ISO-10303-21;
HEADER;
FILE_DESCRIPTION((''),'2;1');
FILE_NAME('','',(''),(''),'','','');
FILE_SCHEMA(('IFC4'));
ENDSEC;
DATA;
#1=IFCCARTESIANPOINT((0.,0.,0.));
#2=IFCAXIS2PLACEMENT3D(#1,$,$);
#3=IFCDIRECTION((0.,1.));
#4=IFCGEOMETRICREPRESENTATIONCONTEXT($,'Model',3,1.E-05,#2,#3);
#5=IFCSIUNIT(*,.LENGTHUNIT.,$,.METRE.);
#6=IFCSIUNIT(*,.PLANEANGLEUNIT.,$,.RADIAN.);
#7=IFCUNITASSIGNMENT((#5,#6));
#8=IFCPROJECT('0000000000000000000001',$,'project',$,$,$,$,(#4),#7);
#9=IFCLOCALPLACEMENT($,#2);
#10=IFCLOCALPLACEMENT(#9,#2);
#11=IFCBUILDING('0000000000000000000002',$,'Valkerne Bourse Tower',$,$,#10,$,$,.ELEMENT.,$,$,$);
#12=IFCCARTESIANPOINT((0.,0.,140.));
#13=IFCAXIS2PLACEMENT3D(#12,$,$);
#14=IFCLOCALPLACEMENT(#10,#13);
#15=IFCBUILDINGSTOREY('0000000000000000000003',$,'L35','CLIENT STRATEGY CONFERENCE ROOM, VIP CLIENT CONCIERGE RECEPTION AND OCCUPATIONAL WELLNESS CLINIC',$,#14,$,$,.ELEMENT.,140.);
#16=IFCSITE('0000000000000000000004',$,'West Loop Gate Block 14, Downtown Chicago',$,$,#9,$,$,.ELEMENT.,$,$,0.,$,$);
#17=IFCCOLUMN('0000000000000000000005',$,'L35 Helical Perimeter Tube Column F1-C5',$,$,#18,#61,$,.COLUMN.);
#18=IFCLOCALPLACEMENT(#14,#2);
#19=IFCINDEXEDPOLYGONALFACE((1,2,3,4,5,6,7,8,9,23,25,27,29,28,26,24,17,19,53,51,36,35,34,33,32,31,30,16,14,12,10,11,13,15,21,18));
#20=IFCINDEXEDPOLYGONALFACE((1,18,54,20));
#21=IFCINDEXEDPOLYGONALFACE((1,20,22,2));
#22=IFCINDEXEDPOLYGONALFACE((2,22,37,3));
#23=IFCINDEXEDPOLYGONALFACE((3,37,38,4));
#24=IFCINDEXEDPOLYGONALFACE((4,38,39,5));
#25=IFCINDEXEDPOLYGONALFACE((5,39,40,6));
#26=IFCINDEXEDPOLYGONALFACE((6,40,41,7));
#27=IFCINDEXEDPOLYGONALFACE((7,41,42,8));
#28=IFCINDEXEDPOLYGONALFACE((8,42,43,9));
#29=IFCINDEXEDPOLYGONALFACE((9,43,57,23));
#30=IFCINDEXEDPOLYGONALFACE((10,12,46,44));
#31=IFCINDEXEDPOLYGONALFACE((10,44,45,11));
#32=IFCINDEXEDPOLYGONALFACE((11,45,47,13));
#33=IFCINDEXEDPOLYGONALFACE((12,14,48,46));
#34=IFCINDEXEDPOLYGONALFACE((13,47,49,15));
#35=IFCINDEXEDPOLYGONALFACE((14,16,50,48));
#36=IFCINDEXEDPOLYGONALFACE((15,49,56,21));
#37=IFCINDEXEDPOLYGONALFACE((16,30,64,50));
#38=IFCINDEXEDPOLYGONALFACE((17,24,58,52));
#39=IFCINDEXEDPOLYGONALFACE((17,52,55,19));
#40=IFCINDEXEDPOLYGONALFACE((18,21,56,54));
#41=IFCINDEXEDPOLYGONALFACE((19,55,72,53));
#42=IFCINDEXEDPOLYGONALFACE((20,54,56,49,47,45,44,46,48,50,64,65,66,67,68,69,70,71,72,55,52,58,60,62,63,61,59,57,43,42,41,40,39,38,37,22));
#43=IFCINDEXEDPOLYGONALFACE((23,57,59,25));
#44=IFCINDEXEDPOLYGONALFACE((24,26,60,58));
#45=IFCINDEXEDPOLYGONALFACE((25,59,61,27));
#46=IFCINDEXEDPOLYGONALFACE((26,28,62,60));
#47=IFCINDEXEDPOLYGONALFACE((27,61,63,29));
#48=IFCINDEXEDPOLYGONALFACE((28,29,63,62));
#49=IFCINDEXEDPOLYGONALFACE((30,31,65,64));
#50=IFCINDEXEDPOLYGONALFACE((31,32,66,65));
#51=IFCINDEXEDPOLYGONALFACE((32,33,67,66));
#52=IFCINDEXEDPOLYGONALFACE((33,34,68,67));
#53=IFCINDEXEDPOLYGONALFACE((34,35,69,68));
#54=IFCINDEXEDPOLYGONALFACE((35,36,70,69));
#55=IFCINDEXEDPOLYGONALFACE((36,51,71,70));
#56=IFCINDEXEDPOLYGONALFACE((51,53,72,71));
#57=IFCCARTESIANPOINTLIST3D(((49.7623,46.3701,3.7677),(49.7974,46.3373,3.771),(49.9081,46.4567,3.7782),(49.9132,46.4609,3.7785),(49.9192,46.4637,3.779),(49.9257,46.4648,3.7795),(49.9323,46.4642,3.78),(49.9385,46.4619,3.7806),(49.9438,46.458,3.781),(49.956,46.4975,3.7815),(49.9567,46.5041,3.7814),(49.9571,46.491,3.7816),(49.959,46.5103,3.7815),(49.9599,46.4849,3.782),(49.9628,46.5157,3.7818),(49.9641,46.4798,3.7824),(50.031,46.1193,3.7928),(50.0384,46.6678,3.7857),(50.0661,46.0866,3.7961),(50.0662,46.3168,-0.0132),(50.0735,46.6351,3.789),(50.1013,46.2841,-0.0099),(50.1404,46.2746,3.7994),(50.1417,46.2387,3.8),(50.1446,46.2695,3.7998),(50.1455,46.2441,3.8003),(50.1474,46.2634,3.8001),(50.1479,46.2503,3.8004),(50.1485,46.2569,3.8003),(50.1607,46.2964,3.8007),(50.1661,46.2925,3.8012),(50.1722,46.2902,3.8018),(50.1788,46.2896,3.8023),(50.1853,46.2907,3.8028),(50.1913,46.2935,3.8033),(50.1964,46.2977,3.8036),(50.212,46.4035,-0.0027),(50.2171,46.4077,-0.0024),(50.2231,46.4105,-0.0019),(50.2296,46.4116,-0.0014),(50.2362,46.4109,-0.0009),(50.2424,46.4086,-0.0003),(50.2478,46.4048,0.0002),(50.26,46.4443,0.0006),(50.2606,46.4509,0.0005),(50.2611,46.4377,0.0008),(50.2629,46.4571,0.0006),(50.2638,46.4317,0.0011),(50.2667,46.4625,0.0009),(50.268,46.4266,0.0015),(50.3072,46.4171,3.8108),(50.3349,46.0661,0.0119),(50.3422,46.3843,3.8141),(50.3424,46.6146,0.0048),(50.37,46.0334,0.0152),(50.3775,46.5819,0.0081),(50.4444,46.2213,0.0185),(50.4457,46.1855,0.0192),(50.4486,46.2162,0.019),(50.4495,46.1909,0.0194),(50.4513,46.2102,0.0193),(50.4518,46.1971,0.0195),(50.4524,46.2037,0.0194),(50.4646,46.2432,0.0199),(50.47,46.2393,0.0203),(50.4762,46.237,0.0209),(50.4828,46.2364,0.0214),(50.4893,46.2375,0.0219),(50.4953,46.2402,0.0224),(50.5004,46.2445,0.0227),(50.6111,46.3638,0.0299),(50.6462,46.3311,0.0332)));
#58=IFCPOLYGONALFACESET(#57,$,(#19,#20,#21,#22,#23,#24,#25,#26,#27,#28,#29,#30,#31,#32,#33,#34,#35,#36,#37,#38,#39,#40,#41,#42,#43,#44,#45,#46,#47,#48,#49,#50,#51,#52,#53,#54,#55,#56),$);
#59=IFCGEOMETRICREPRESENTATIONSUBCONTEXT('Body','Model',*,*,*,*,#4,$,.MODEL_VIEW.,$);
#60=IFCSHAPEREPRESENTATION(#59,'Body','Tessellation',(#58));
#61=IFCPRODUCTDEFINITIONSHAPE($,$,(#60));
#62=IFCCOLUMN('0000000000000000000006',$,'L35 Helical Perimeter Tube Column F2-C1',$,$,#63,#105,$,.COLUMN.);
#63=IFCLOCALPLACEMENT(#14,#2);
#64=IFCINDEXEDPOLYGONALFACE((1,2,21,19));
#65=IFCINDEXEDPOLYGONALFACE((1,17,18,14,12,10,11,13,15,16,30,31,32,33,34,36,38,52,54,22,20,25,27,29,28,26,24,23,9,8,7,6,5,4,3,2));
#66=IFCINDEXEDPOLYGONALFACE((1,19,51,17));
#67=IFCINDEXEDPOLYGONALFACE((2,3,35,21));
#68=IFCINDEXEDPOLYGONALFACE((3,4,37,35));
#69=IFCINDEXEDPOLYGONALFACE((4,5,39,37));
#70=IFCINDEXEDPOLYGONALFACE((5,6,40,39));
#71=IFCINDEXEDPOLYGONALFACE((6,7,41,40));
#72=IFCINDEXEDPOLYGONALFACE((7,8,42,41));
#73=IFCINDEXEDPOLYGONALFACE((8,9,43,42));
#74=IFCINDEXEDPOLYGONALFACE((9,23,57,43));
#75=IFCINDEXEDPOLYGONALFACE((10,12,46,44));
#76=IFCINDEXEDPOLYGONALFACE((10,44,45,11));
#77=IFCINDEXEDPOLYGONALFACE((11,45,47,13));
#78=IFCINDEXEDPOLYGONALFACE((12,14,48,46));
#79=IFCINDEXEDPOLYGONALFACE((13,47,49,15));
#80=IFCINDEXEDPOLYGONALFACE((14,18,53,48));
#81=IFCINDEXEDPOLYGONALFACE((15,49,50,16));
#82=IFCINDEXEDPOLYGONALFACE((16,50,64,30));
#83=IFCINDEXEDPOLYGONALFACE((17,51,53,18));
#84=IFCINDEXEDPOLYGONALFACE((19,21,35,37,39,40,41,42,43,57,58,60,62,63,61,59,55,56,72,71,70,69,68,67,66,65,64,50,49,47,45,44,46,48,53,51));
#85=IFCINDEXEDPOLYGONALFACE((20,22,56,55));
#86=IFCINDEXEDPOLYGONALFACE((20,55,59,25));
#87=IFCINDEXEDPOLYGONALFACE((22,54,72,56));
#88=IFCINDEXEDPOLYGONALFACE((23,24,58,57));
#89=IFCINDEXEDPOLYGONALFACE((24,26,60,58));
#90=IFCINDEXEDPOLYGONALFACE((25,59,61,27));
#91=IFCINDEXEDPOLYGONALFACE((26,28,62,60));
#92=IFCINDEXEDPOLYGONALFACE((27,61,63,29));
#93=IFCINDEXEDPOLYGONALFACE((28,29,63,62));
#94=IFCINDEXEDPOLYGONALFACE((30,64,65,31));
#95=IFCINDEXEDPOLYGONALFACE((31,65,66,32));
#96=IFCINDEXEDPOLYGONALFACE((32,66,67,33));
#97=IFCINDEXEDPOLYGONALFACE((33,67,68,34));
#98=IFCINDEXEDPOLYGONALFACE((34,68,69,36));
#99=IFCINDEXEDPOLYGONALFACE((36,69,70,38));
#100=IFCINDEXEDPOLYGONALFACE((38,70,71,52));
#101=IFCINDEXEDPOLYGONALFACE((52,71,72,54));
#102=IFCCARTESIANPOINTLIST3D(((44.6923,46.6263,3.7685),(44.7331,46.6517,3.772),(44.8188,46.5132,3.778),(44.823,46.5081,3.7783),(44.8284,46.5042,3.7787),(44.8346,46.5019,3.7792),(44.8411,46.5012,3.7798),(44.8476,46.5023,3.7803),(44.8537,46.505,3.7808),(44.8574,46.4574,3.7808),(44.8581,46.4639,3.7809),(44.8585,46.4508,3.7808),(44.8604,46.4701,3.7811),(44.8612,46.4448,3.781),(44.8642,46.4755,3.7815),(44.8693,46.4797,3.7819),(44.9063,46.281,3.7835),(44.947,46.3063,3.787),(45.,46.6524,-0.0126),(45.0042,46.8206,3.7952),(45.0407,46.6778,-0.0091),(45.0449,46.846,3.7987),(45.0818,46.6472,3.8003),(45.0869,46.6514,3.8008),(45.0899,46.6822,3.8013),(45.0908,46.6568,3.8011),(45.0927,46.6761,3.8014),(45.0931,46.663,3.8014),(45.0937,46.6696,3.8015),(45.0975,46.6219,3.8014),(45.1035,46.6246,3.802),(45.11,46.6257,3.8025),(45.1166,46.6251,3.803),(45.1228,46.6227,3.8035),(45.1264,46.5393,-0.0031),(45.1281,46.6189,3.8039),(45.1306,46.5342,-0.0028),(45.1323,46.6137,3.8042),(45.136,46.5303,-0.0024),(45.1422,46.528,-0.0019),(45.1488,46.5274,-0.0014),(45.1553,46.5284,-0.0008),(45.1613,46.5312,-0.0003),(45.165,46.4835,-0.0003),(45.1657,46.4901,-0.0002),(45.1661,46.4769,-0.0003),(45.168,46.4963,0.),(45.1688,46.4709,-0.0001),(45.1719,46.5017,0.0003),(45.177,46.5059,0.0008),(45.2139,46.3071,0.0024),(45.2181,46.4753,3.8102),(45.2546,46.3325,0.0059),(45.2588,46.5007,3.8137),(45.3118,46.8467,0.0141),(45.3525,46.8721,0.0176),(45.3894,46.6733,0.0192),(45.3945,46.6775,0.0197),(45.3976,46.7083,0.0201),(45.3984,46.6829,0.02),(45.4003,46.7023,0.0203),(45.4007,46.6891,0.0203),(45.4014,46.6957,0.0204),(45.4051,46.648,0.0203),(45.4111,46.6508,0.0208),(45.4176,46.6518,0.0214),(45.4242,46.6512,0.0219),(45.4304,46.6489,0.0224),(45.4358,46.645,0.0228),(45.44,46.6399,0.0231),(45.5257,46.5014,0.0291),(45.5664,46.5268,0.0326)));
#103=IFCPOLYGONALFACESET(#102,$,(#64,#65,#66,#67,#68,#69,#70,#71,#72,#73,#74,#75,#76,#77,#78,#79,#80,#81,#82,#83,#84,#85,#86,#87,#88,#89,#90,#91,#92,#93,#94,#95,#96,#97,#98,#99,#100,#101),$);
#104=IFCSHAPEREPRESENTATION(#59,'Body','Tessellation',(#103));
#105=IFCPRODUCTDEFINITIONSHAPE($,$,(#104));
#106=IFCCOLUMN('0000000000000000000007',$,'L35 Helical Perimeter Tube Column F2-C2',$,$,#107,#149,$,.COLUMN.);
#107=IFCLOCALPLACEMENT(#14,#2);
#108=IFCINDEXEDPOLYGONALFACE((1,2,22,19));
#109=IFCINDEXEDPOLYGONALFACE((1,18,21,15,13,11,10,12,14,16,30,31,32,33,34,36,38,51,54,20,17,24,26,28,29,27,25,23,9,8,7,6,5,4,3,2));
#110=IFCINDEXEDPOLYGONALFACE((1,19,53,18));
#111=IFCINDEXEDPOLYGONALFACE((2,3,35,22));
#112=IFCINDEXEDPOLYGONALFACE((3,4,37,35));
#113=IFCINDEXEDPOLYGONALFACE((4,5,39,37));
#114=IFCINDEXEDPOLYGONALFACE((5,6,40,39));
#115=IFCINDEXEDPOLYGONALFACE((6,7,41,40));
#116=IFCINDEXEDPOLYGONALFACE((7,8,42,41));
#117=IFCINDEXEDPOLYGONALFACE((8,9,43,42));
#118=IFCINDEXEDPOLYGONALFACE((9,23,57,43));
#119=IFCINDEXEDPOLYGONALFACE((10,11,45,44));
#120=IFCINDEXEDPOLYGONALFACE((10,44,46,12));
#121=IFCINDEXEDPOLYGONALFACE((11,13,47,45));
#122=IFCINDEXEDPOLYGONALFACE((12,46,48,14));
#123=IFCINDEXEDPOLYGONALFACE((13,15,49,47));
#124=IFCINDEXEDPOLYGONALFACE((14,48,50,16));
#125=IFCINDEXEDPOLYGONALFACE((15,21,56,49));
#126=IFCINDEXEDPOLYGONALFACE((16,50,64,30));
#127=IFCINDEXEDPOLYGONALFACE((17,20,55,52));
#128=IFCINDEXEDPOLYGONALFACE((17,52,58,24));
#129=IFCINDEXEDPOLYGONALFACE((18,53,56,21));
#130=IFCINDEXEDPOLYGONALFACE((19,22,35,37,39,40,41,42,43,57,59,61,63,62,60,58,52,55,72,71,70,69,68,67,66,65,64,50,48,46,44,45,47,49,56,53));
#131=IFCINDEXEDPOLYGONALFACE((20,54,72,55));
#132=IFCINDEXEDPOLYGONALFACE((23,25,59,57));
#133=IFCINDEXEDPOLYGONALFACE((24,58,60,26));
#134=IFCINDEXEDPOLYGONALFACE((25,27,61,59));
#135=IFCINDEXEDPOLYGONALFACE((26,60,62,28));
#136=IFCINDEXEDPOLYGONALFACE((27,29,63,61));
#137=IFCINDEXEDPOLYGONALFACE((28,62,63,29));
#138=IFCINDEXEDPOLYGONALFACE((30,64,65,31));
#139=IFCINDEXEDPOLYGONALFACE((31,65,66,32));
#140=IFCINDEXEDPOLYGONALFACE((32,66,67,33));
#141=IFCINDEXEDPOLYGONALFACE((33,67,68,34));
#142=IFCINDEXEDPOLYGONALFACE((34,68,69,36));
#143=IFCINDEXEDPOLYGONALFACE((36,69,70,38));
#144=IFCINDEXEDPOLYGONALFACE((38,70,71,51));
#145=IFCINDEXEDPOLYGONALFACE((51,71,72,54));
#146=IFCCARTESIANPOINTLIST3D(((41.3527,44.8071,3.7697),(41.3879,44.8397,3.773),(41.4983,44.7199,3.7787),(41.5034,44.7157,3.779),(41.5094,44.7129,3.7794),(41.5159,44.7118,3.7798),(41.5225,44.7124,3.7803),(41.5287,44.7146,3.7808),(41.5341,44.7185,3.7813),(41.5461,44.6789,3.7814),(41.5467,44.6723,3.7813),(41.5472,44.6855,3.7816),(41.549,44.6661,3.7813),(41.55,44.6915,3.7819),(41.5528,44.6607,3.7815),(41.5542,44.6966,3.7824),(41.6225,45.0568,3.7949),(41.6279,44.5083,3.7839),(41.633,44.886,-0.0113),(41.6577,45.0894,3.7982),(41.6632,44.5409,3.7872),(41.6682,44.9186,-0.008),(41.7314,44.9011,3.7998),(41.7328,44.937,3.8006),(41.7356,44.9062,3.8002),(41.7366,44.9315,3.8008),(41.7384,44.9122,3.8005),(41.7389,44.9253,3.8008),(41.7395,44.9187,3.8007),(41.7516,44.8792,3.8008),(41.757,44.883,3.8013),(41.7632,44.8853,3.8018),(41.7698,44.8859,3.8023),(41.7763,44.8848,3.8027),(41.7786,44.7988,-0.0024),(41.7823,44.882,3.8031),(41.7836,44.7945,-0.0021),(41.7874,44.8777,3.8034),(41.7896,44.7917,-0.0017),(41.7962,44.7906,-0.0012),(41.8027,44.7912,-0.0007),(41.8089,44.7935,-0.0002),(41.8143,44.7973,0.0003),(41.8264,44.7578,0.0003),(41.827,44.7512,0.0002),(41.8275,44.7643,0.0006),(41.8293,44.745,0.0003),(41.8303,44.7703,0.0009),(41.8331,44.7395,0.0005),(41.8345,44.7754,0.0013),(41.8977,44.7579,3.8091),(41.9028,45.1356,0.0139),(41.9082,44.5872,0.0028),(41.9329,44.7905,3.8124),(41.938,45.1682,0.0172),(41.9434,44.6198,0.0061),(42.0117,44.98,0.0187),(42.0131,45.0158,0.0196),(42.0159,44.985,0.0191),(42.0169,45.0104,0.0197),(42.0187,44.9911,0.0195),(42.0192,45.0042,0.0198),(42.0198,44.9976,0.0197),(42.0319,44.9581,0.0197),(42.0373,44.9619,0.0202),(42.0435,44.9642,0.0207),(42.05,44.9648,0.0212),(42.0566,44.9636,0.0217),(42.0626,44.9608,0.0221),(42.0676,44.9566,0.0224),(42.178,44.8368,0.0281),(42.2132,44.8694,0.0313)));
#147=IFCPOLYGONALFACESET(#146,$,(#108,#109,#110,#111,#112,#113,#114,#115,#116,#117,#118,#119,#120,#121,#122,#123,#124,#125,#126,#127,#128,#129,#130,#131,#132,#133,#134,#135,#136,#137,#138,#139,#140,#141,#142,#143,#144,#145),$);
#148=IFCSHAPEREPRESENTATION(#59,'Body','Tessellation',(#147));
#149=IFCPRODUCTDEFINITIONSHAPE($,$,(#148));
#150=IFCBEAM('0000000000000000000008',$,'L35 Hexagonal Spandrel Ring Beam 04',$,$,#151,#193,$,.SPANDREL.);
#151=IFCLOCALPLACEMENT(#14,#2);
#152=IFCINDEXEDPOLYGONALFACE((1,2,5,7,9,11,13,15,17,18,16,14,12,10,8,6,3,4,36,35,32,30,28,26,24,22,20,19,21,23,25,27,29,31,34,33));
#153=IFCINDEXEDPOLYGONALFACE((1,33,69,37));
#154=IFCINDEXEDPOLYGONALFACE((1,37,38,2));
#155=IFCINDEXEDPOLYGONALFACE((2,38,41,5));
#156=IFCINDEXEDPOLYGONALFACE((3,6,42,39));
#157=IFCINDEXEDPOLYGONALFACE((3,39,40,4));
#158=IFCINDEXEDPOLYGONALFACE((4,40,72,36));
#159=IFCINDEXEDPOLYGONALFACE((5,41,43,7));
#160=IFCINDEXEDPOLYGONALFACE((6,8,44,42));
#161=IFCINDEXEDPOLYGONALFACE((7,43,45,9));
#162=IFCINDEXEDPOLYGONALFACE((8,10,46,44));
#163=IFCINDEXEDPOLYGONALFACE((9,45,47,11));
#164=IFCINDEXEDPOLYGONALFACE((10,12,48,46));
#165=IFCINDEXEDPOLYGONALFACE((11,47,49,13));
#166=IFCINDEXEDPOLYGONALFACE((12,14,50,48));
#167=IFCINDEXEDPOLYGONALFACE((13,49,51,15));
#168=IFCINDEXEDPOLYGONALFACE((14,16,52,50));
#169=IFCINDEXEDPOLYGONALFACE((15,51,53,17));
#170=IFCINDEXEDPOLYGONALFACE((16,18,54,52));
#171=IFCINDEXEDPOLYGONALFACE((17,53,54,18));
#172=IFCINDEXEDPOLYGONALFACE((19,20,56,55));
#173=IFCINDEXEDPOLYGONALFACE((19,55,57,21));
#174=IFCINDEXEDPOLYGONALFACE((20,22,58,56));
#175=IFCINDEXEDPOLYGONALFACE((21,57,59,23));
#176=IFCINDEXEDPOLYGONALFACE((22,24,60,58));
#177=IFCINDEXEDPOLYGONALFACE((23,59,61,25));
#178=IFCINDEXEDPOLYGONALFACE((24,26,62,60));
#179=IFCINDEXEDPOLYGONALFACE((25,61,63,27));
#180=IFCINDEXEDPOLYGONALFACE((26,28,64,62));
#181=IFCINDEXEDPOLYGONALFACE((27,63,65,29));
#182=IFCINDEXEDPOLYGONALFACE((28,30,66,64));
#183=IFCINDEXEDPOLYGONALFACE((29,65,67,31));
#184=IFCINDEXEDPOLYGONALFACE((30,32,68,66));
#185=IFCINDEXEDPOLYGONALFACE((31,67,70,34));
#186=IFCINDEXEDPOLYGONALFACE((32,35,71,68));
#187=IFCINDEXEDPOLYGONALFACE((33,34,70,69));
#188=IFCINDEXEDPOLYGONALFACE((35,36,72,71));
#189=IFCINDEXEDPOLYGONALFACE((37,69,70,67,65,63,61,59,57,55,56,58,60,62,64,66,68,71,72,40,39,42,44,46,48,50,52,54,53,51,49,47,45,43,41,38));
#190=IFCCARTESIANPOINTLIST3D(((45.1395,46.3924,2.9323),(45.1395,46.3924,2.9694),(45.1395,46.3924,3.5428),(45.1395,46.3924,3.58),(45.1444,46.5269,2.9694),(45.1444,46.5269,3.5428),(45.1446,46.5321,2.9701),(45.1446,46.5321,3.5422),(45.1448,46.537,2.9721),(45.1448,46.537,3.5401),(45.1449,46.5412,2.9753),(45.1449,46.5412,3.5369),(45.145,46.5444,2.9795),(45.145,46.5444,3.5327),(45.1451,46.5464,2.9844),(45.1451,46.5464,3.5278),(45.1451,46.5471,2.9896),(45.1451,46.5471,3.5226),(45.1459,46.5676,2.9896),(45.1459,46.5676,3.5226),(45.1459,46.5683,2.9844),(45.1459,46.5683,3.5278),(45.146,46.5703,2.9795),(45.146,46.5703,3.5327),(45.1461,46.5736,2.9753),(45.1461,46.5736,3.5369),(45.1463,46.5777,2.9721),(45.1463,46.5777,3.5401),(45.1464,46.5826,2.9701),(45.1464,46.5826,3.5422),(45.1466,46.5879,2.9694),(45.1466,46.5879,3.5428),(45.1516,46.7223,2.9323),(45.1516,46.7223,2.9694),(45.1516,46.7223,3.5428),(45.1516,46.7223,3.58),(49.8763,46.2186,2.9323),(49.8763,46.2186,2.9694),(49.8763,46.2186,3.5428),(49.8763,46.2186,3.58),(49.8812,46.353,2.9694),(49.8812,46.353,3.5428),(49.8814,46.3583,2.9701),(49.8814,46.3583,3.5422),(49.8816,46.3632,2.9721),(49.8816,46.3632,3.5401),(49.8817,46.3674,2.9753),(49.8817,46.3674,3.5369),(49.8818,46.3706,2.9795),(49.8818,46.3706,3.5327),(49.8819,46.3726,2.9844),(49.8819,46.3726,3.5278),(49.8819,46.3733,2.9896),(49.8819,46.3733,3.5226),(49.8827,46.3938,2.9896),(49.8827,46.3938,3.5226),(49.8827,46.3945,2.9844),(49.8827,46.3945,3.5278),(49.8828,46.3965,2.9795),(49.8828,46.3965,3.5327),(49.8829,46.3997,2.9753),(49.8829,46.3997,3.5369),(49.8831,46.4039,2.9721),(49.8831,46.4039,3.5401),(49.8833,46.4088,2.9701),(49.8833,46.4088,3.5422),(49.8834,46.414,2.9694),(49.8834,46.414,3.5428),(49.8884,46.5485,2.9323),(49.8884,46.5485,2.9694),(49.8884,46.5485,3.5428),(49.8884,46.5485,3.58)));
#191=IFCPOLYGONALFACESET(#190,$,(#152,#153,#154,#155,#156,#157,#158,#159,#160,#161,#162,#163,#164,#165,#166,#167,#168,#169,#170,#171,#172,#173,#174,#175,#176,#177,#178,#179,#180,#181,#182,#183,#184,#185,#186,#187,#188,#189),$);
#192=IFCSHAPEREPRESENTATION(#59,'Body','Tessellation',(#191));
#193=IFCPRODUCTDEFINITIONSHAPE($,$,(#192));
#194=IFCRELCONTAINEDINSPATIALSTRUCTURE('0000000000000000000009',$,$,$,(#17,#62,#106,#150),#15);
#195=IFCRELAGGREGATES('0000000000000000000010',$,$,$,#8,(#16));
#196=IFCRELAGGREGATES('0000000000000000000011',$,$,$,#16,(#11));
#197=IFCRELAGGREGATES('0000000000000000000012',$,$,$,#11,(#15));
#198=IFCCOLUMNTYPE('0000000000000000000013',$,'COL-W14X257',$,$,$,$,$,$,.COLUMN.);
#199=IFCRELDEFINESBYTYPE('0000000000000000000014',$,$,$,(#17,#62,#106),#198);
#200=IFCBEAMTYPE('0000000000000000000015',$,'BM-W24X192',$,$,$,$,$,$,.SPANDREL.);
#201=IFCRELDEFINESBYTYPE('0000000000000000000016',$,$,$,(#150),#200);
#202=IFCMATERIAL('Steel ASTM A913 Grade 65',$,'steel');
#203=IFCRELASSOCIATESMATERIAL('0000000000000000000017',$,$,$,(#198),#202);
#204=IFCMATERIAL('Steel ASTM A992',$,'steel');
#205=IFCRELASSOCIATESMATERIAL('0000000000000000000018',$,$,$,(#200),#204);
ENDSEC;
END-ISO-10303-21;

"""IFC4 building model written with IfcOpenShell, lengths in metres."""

from ifc_helpers import new_model, si_unit, direction, frame, origin, origin_2d, place, context, subcontext, project, spatial, i_section, extrude, material, material_profile, profile_set, type_object, element, save


model = new_model("IFC4")

# Units and contexts
model_context = context("Model", 3, precision=1e-05, world=origin(), true_north=direction((0.0, 1.0)))
body_context = subcontext(model_context, "Body", "Model", "MODEL_VIEW")
ifc_project = project(units=[si_unit("LENGTHUNIT", "METRE"), si_unit("PLANEANGLEUNIT", "RADIAN")], contexts=[model_context])

# Site, building, storey
site_placement = place(None, origin())
site = spatial("IfcSite", under=ifc_project, at=site_placement, Name="West Loop Gate Block 14, Downtown Chicago", CompositionType="ELEMENT", RefElevation=0.0)
building_placement = place(site_placement, origin())
building = spatial("IfcBuilding", under=site, at=building_placement, Name="Valkerne Bourse Tower", CompositionType="ELEMENT")
storey_placement = place(building_placement, frame((0.0, 0.0, 140.0)))
storey = spatial("IfcBuildingStorey", under=building, at=storey_placement, Name="L35", Description="CLIENT STRATEGY CONFERENCE ROOM, VIP CLIENT CONCIERGE RECEPTION AND OCCUPATIONAL WELLNESS CLINIC", CompositionType="ELEMENT", Elevation=140.0)

# Columns
ifc_material_1 = material(Name="Steel ASTM A913 Grade 65", Category="steel")
ifc_material_profile_1 = material_profile(ifc_material_1, i_section(OverallWidth=0.4065, OverallDepth=0.4165, WebThickness=0.0298, FlangeThickness=0.0481, FilletRadius=0.0254, at=origin_2d()), Name="W14X257")
ifc_profile_set_1 = profile_set([ifc_material_profile_1], Name="Steel ASTM A913 Grade 65")
column_type = type_object("IfcColumnType", Name="COL-W14X257", PredefinedType="COLUMN", material=ifc_profile_set_1)
column_1_placement = place(storey_placement, frame((50.3562, 46.324, 0.01), z_axis=(-0.080124, 0.01403, 0.996686), x_axis=(0.67935, 0.732476, 0.044302)))
element("IfcColumn", 1, at=column_1_placement, inside=storey, type_object=column_type, Name="L35 Helical Perimeter Tube Column F1-C5", PredefinedType="COLUMN", context=body_context, shape_type="SweptSolid", body=[
    extrude(i_section(OverallWidth=0.4065, OverallDepth=0.4165, WebThickness=0.0298, FlangeThickness=0.0481, FilletRadius=0.0254, at=origin_2d()), origin(), (0.0, 0.0, 1.0), 3.7935),
])
column_2_placement = place(storey_placement, frame((45.2832, 46.5896, 0.01), z_axis=(-0.081089, -0.006886, 0.996683), x_axis=(-0.526255, 0.849524, -0.036946)))
element("IfcColumn", 2, at=column_2_placement, inside=storey, type_object=column_type, Name="L35 Helical Perimeter Tube Column F2-C1", PredefinedType="COLUMN", context=body_context, shape_type="SweptSolid", body=[
    extrude(i_section(OverallWidth=0.4065, OverallDepth=0.4165, WebThickness=0.0298, FlangeThickness=0.0481, FilletRadius=0.0254, at=origin_2d()), origin(), (0.0, 0.0, 1.0), 3.7937),
])
column_3_placement = place(storey_placement, frame((41.9231, 44.8777, 0.01), z_axis=(-0.073908, -0.020795, 0.997048), x_axis=(-0.677055, 0.735107, -0.034856)))
element("IfcColumn", 3, at=column_3_placement, inside=storey, type_object=column_type, Name="L35 Helical Perimeter Tube Column F2-C2", PredefinedType="COLUMN", context=body_context, shape_type="SweptSolid", body=[
    extrude(i_section(OverallWidth=0.4065, OverallDepth=0.4165, WebThickness=0.0298, FlangeThickness=0.0481, FilletRadius=0.0254, at=origin_2d()), origin(), (0.0, 0.0, 1.0), 3.7922),
])

# Beam
ifc_material_2 = material(Name="Steel ASTM A992", Category="steel")
ifc_material_profile_2 = material_profile(ifc_material_2, i_section(OverallWidth=0.3301, OverallDepth=0.6477, WebThickness=0.0205, FlangeThickness=0.0371, FilletRadius=0.0203, at=origin_2d()), Name="W24X192")
ifc_profile_set_2 = profile_set([ifc_material_profile_2], Name="Steel ASTM A992")
beam_type_1 = type_object("IfcBeamType", Name="BM-W24X192", PredefinedType="SPANDREL", material=ifc_profile_set_2)
beam_1_placement = place(storey_placement, frame((49.8823, 46.3835, 3.2561), z_axis=(-0.999327, 0.036673, 0.0), x_axis=(-0.036673, -0.999327, 0.0)))
element("IfcBeam", 4, at=beam_1_placement, inside=storey, type_object=beam_type_1, Name="L35 Hexagonal Spandrel Ring Beam 04", PredefinedType="SPANDREL", context=body_context, shape_type="SweptSolid", body=[
    extrude(i_section(OverallWidth=0.3301, OverallDepth=0.6477, WebThickness=0.0205, FlangeThickness=0.0371, FilletRadius=0.0203, at=origin_2d()), origin(), (0.0, 0.0, 1.0), 4.74),
])

save(model, "model.ifc")
